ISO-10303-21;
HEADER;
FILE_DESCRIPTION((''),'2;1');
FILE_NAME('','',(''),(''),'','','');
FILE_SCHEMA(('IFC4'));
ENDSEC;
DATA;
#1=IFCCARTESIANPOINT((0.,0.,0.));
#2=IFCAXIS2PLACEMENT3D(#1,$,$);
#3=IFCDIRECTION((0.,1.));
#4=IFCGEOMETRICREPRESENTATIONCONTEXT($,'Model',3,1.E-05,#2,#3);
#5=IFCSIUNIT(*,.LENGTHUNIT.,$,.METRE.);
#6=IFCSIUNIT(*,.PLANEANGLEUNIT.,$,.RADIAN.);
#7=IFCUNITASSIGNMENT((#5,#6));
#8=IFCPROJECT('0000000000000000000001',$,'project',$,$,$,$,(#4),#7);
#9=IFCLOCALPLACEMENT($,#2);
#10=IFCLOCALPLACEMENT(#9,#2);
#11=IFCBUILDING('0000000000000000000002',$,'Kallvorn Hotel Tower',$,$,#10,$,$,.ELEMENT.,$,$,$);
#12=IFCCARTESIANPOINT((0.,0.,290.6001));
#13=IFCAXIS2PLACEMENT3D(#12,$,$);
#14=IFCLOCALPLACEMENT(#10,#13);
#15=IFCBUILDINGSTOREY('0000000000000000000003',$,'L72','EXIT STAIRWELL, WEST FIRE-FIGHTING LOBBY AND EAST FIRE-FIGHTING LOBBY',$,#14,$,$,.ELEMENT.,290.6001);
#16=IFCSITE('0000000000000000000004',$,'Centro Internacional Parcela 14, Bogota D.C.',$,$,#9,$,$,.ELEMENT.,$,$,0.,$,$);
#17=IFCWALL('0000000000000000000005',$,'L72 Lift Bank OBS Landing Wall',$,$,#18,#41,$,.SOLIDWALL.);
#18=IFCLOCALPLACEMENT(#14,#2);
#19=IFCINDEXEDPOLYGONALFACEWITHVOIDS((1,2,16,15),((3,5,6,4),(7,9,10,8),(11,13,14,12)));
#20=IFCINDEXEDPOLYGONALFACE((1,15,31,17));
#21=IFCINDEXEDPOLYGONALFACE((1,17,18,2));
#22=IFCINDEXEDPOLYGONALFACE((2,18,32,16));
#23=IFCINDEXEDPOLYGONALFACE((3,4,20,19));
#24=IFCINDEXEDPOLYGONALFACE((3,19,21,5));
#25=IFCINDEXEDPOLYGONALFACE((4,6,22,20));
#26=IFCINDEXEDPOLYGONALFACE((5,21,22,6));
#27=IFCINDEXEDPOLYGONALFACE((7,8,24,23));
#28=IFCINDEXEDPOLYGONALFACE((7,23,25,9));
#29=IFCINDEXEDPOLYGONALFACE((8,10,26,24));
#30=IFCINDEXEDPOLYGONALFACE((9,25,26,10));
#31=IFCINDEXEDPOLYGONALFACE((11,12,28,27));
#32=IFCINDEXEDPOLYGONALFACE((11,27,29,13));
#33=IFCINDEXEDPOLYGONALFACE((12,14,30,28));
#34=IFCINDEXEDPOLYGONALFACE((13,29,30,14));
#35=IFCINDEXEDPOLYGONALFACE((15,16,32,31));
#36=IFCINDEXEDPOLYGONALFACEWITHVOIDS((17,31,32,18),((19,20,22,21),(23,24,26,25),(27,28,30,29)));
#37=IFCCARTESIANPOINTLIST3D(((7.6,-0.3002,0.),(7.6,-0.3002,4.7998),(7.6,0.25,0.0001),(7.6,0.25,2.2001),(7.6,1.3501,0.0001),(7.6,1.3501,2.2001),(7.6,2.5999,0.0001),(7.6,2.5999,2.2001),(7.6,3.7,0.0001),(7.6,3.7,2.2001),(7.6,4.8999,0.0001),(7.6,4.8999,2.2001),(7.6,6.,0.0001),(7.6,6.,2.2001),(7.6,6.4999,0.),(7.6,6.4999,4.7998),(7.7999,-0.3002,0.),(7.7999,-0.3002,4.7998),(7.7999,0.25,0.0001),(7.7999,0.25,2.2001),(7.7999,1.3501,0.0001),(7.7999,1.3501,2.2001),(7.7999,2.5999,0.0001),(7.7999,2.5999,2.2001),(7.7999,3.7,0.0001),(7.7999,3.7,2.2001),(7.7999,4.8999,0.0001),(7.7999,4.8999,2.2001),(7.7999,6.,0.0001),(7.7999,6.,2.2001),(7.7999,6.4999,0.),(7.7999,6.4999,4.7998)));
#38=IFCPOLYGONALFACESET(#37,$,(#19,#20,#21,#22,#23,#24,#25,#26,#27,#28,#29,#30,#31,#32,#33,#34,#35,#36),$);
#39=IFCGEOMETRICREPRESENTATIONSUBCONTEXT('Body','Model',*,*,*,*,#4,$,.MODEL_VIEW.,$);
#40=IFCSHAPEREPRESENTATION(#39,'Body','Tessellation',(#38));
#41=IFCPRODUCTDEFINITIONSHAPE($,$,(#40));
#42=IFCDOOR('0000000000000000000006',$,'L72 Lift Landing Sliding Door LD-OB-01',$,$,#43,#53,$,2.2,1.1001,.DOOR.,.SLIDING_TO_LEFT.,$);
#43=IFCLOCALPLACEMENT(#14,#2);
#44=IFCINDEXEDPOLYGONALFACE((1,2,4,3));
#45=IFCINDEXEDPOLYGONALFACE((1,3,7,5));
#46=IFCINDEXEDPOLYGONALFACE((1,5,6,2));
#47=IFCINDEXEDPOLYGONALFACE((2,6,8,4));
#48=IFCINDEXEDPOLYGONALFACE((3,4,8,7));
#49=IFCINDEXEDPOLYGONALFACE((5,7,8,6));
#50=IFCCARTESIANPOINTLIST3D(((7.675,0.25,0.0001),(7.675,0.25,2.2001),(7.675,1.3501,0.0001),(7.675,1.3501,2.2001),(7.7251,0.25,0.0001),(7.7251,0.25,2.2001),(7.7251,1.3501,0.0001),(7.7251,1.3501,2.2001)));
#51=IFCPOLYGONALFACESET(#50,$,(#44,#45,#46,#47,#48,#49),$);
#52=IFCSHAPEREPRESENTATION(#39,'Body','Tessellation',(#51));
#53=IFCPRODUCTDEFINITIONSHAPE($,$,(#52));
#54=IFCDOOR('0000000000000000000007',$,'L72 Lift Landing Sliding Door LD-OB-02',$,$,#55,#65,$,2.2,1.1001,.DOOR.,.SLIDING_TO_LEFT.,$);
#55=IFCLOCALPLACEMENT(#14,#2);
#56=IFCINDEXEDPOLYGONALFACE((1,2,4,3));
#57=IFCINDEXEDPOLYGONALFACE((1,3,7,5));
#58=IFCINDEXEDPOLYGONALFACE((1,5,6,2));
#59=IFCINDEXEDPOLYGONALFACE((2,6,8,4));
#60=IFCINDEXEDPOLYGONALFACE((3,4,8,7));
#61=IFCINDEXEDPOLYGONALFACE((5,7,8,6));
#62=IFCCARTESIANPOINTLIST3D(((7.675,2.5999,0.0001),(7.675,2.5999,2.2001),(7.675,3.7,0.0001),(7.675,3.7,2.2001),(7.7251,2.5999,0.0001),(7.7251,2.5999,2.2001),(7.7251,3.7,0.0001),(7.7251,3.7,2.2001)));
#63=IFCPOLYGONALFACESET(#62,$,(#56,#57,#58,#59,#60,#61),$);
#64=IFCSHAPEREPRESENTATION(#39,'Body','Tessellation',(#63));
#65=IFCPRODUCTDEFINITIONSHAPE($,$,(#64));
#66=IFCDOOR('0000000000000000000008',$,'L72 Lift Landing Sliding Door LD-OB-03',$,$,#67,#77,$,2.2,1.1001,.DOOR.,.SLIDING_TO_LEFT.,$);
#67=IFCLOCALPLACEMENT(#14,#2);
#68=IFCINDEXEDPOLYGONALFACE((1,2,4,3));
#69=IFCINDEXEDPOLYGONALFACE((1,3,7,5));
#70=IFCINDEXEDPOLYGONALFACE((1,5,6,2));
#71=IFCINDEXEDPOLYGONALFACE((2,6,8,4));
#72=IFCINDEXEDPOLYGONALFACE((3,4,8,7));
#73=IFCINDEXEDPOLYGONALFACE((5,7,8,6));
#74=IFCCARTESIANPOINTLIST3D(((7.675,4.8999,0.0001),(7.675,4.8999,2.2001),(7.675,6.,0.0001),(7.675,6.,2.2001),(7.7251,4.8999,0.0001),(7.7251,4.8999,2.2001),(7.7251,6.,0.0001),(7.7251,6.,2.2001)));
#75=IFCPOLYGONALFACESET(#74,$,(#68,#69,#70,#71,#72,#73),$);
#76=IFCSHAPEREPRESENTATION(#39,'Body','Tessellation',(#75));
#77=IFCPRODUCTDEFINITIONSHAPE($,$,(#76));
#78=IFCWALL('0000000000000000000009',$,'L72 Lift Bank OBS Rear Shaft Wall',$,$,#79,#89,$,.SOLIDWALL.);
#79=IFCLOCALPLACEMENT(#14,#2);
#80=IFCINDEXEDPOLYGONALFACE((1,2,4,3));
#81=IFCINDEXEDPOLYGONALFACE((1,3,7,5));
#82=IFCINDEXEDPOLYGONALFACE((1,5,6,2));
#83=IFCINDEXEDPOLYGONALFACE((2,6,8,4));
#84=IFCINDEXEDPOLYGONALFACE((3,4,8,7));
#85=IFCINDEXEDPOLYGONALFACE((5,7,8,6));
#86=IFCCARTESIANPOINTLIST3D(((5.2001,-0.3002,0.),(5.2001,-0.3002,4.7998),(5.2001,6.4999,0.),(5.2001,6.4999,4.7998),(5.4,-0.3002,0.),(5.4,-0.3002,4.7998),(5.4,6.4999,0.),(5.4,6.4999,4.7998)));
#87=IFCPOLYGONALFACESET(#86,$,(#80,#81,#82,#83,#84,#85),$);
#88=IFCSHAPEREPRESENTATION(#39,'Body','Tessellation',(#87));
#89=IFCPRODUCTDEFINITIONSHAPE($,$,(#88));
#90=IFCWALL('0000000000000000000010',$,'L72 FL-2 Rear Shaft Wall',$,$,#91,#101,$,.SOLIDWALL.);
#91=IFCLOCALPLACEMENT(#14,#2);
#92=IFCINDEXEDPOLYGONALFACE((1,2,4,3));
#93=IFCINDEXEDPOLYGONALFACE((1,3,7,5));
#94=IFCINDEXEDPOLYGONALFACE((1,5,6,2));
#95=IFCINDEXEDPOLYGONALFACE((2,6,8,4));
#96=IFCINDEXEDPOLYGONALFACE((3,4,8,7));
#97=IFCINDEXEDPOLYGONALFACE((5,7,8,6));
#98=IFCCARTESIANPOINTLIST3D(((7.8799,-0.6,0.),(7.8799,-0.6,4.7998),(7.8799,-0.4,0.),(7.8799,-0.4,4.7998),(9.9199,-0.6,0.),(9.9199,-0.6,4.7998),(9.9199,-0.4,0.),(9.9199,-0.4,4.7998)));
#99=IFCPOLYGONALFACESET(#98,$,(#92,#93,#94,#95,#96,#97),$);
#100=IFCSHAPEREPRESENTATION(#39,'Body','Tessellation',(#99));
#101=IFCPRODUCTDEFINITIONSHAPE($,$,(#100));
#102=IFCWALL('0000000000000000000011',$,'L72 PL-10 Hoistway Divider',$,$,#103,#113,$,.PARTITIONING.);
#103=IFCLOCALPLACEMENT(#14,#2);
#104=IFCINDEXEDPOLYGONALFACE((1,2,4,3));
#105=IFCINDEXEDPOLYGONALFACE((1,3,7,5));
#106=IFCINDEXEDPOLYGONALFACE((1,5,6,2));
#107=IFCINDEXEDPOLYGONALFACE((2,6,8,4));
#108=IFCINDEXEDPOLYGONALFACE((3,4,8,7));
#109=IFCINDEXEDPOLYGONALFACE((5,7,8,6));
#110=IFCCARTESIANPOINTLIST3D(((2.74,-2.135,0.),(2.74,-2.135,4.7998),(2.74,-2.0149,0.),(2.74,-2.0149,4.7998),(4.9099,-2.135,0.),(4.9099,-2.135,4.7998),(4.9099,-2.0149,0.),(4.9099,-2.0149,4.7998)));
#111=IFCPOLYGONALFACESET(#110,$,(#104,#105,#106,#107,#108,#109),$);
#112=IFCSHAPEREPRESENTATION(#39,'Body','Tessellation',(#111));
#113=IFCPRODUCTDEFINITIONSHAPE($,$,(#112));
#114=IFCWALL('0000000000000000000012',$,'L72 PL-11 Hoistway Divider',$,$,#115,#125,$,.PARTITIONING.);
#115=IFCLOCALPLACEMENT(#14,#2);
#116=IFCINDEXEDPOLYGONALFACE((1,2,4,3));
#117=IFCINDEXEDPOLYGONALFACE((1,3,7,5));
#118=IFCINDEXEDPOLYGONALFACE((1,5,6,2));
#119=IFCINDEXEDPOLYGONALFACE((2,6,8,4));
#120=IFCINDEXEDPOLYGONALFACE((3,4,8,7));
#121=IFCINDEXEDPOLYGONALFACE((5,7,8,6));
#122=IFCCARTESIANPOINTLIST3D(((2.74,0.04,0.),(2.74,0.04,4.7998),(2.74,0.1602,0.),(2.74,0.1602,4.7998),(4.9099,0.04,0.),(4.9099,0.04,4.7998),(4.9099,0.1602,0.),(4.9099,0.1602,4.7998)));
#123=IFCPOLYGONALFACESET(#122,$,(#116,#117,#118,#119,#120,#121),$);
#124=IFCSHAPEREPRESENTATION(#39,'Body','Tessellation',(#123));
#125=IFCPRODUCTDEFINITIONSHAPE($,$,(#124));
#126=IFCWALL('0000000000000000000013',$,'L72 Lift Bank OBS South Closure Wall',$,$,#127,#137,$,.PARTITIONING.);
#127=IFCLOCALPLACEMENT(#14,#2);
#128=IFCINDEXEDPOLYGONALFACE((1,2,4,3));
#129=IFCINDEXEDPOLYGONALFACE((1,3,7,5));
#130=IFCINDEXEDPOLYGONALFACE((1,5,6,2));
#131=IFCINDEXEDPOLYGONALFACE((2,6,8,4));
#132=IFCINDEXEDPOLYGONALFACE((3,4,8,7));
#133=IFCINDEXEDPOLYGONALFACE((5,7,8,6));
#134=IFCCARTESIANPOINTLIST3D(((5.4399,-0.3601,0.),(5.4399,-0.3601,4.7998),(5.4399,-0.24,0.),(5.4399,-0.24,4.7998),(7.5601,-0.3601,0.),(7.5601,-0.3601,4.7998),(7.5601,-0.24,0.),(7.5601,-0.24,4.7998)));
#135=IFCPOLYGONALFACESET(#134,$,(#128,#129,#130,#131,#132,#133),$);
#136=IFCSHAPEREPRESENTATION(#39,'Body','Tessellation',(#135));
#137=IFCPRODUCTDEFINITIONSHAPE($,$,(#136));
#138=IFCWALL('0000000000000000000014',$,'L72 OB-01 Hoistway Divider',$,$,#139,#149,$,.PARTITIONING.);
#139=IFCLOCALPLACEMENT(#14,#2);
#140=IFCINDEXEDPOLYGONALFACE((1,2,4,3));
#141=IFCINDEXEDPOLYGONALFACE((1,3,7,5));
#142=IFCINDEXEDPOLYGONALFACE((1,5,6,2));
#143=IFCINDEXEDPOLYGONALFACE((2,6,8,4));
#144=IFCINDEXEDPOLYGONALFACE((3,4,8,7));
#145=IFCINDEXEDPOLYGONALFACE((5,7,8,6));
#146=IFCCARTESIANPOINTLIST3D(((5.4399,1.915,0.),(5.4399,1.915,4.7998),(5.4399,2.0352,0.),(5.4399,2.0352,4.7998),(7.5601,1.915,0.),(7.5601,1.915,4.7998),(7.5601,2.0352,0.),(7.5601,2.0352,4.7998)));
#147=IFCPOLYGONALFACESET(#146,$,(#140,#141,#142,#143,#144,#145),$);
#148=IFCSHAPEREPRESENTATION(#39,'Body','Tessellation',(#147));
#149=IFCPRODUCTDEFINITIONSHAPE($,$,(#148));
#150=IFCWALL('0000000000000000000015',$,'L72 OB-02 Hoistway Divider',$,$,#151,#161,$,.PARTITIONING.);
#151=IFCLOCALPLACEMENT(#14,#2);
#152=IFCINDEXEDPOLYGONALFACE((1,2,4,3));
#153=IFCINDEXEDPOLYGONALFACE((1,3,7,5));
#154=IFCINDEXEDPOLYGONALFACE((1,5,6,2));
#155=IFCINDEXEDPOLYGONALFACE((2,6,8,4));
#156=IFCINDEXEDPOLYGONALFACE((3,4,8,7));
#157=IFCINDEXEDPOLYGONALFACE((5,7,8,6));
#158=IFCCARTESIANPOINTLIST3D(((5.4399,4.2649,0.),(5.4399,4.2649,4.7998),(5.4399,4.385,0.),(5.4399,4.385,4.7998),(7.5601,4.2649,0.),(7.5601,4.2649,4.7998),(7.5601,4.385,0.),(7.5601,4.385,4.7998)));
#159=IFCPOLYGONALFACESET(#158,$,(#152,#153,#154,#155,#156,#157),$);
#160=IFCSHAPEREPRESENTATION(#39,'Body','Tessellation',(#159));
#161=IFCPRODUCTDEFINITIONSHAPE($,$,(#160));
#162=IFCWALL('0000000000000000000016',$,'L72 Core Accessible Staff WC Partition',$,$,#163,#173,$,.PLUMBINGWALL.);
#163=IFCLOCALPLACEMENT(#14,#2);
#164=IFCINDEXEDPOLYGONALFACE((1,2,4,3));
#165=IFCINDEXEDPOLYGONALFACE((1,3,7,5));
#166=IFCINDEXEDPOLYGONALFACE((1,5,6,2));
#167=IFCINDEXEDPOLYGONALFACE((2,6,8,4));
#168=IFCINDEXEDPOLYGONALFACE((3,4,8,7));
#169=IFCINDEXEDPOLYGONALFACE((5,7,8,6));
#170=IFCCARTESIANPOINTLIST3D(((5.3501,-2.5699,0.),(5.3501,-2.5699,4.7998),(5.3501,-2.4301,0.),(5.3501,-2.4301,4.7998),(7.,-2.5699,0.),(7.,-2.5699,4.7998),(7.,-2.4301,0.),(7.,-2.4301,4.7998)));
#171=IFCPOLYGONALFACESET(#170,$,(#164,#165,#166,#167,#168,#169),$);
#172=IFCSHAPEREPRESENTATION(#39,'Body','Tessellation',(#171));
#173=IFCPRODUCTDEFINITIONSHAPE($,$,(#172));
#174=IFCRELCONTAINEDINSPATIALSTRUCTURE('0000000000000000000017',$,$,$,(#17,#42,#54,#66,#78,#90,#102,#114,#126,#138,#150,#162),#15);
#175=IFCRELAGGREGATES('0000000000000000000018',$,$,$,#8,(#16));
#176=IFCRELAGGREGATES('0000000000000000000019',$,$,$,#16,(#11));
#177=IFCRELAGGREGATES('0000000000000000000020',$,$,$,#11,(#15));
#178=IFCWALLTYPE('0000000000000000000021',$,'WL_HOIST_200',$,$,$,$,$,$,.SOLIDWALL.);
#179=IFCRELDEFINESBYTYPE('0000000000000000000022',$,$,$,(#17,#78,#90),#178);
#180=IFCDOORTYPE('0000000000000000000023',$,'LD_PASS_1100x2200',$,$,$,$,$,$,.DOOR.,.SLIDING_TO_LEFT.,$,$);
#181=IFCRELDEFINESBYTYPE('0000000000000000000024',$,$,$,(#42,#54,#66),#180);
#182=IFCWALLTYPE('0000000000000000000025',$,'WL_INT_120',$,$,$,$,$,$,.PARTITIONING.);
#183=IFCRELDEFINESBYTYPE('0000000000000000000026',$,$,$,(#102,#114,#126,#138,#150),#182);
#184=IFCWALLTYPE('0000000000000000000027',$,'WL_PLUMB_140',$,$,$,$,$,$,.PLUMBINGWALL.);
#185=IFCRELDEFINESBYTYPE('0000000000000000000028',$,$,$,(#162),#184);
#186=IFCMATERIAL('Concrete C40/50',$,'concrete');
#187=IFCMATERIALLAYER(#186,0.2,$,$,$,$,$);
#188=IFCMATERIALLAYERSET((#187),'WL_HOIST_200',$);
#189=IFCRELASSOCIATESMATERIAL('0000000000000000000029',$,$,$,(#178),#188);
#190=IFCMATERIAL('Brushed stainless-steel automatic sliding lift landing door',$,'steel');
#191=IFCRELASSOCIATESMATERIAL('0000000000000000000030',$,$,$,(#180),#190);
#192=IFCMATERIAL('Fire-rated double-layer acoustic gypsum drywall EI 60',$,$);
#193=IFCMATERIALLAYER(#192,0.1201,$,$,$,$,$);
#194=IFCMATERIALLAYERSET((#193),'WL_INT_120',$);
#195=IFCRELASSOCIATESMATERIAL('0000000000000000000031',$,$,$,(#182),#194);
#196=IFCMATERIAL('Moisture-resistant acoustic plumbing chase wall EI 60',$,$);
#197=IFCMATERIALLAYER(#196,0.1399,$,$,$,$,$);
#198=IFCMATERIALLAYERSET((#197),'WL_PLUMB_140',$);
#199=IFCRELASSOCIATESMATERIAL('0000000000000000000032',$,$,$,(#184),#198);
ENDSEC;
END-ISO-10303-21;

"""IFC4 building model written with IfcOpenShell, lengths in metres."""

from ifc_helpers import new_model, si_unit, direction, frame, frame_2d, origin, place, context, subcontext, project, spatial, rectangle, extrude, material, layer, layer_set, type_object, element, fill, save


model = new_model("IFC4")

# Units and contexts
model_context = context("Model", 3, precision=1e-05, world=origin(), true_north=direction((0.0, 1.0)))
body_context = subcontext(model_context, "Body", "Model", "MODEL_VIEW")
ifc_project = project(units=[si_unit("LENGTHUNIT", "METRE"), si_unit("PLANEANGLEUNIT", "RADIAN")], contexts=[model_context])

# Site, building, storey
site_placement = place(None, origin())
site = spatial("IfcSite", under=ifc_project, at=site_placement, Name="Centro Internacional Parcela 14, Bogota D.C.", CompositionType="ELEMENT", RefElevation=0.0)
building_placement = place(site_placement, origin())
building = spatial("IfcBuilding", under=site, at=building_placement, Name="Kallvorn Hotel Tower", CompositionType="ELEMENT")
storey_placement = place(building_placement, frame((0.0, 0.0, 290.6001)))
storey = spatial("IfcBuildingStorey", under=building, at=storey_placement, Name="L72", Description="EXIT STAIRWELL, WEST FIRE-FIGHTING LOBBY AND EAST FIRE-FIGHTING LOBBY", CompositionType="ELEMENT", Elevation=290.6001)

# Shared definitions
ifc_material_1 = material(Name="Concrete C40/50", Category="concrete")
ifc_layer_1 = layer(ifc_material_1, 0.2)
ifc_layer_set_1 = layer_set([ifc_layer_1], Name="WL_HOIST_200")
wall_type_1 = type_object("IfcWallType", Name="WL_HOIST_200", PredefinedType="SOLIDWALL", material=ifc_layer_set_1)

# Wall, openings, doors
wall_1_placement = place(storey_placement, frame((7.7, -0.3, 0.0), z_axis=(0.0, 0.0, 1.0), x_axis=(0.0, 1.0, 0.0)))
wall_1 = element("IfcWall", 1, at=wall_1_placement, inside=storey, type_object=wall_type_1, Name="L72 Lift Bank OBS Landing Wall", PredefinedType="SOLIDWALL", context=body_context, shape_type="SweptSolid", body=[
    extrude(rectangle(XDim=6.8, YDim=0.2, at=frame_2d((3.3999, 0.0))), origin(), (0.0, 0.0, 1.0), 4.7998),
])
opening_1_placement = place(wall_1_placement, frame((0.55, 0.0, 0.0)))
opening_1 = element("IfcOpeningElement", 2, at=opening_1_placement, cuts=wall_1, PredefinedType="OPENING", context=body_context, shape_type="SweptSolid", body=[
    extrude(rectangle(XDim=1.1001, YDim=2.2, at=frame_2d((0.55, 1.1001))), frame((0.0, 0.115, 0.0), z_axis=(0.0, -1.0, 0.0), x_axis=(1.0, 0.0, 0.0)), (0.0, 0.0, 1.0), 0.23),
])
opening_2_placement = place(wall_1_placement, frame((2.8999, 0.0, 0.0)))
opening_2 = element("IfcOpeningElement", 3, at=opening_2_placement, cuts=wall_1, PredefinedType="OPENING", context=body_context, shape_type="SweptSolid", body=[
    extrude(rectangle(XDim=1.1001, YDim=2.2, at=frame_2d((0.55, 1.1001))), frame((0.0, 0.115, 0.0), z_axis=(0.0, -1.0, 0.0), x_axis=(1.0, 0.0, 0.0)), (0.0, 0.0, 1.0), 0.23),
])
opening_3_placement = place(wall_1_placement, frame((5.2, 0.0, 0.0)))
opening_3 = element("IfcOpeningElement", 4, at=opening_3_placement, cuts=wall_1, PredefinedType="OPENING", context=body_context, shape_type="SweptSolid", body=[
    extrude(rectangle(XDim=1.1001, YDim=2.2, at=frame_2d((0.55, 1.1001))), frame((0.0, 0.115, 0.0), z_axis=(0.0, -1.0, 0.0), x_axis=(1.0, 0.0, 0.0)), (0.0, 0.0, 1.0), 0.23),
])
ifc_material_2 = material(Name="Brushed stainless-steel automatic sliding lift landing door", Category="steel")
door_type = type_object("IfcDoorType", Name="LD_PASS_1100x2200", OperationType="SLIDING_TO_LEFT", PredefinedType="DOOR", material=ifc_material_2)
door_1_placement = place(opening_1_placement, origin())
door_1 = element("IfcDoor", 5, at=door_1_placement, inside=storey, type_object=door_type, Name="L72 Lift Landing Sliding Door LD-OB-01", OperationType="SLIDING_TO_LEFT", OverallHeight=2.2, OverallWidth=1.1001, PredefinedType="DOOR", context=body_context, shape_type="SweptSolid", body=[
    extrude(rectangle(XDim=1.1001, YDim=2.2, at=frame_2d((0.55, 1.1001))), frame((0.0, 0.0249, 0.0), z_axis=(0.0, -1.0, 0.0), x_axis=(1.0, 0.0, 0.0)), (0.0, 0.0, 1.0), 0.05),
])
fill(opening_1, door_1)
door_2_placement = place(opening_2_placement, origin())
door_2 = element("IfcDoor", 6, at=door_2_placement, inside=storey, type_object=door_type, Name="L72 Lift Landing Sliding Door LD-OB-02", OperationType="SLIDING_TO_LEFT", OverallHeight=2.2, OverallWidth=1.1001, PredefinedType="DOOR", context=body_context, shape_type="SweptSolid", body=[
    extrude(rectangle(XDim=1.1001, YDim=2.2, at=frame_2d((0.55, 1.1001))), frame((0.0, 0.0249, 0.0), z_axis=(0.0, -1.0, 0.0), x_axis=(1.0, 0.0, 0.0)), (0.0, 0.0, 1.0), 0.05),
])
fill(opening_2, door_2)
door_3_placement = place(opening_3_placement, origin())
door_3 = element("IfcDoor", 7, at=door_3_placement, inside=storey, type_object=door_type, Name="L72 Lift Landing Sliding Door LD-OB-03", OperationType="SLIDING_TO_LEFT", OverallHeight=2.2, OverallWidth=1.1001, PredefinedType="DOOR", context=body_context, shape_type="SweptSolid", body=[
    extrude(rectangle(XDim=1.1001, YDim=2.2, at=frame_2d((0.55, 1.1001))), frame((0.0, 0.0249, 0.0), z_axis=(0.0, -1.0, 0.0), x_axis=(1.0, 0.0, 0.0)), (0.0, 0.0, 1.0), 0.05),
])
fill(opening_3, door_3)

# Walls
wall_2_placement = place(storey_placement, frame((5.3, -0.3, 0.0), z_axis=(0.0, 0.0, 1.0), x_axis=(0.0, 1.0, 0.0)))
element("IfcWall", 8, at=wall_2_placement, inside=storey, type_object=wall_type_1, Name="L72 Lift Bank OBS Rear Shaft Wall", PredefinedType="SOLIDWALL", context=body_context, shape_type="SweptSolid", body=[
    extrude(rectangle(XDim=6.8, YDim=0.2, at=frame_2d((3.3999, 0.0))), origin(), (0.0, 0.0, 1.0), 4.7998),
])
wall_3_placement = place(storey_placement, frame((7.8799, -0.5, 0.0), z_axis=(0.0, 0.0, 1.0), x_axis=(1.0, 0.0, 0.0)))
element("IfcWall", 9, at=wall_3_placement, inside=storey, type_object=wall_type_1, Name="L72 FL-2 Rear Shaft Wall", PredefinedType="SOLIDWALL", context=body_context, shape_type="SweptSolid", body=[
    extrude(rectangle(XDim=2.04, YDim=0.2, at=frame_2d((1.02, 0.0))), origin(), (0.0, 0.0, 1.0), 4.7998),
])
ifc_material_3 = material(Name="Fire-rated double-layer acoustic gypsum drywall EI 60")
ifc_layer_2 = layer(ifc_material_3, 0.1201)
ifc_layer_set_2 = layer_set([ifc_layer_2], Name="WL_INT_120")
wall_type_2 = type_object("IfcWallType", Name="WL_INT_120", PredefinedType="PARTITIONING", material=ifc_layer_set_2)
for number, where, z_axis, x_axis, name in (
    (10, (2.74, -2.075, 0.0), (0.0, 0.0, 1.0), (1.0, 0.0, 0.0), "L72 PL-10 Hoistway Divider"),
    (11, (2.74, 0.1001, 0.0), (0.0, 0.0, 1.0), (1.0, 0.0, 0.0), "L72 PL-11 Hoistway Divider"),
):
    element("IfcWall", number, at=place(storey_placement, frame(where, z_axis=z_axis, x_axis=x_axis)), inside=storey, type_object=wall_type_2, Name=name, PredefinedType="PARTITIONING", context=body_context, shape_type="SweptSolid", body=[
        extrude(rectangle(XDim=2.1699, YDim=0.1201, at=frame_2d((1.085, 0.0))), origin(), (0.0, 0.0, 1.0), 4.7998),
    ])
for number, where, z_axis, x_axis, name in (
    (12, (5.4399, -0.3, 0.0), (0.0, 0.0, 1.0), (1.0, 0.0, 0.0), "L72 Lift Bank OBS South Closure Wall"),
    (13, (5.4399, 1.9751, 0.0), (0.0, 0.0, 1.0), (1.0, 0.0, 0.0), "L72 OB-01 Hoistway Divider"),
    (14, (5.4399, 4.325, 0.0), (0.0, 0.0, 1.0), (1.0, 0.0, 0.0), "L72 OB-02 Hoistway Divider"),
):
    element("IfcWall", number, at=place(storey_placement, frame(where, z_axis=z_axis, x_axis=x_axis)), inside=storey, type_object=wall_type_2, Name=name, PredefinedType="PARTITIONING", context=body_context, shape_type="SweptSolid", body=[
        extrude(rectangle(XDim=2.1201, YDim=0.1201, at=frame_2d((1.0601, 0.0))), origin(), (0.0, 0.0, 1.0), 4.7998),
    ])
ifc_material_4 = material(Name="Moisture-resistant acoustic plumbing chase wall EI 60")
ifc_layer_3 = layer(ifc_material_4, 0.1399)
ifc_layer_set_3 = layer_set([ifc_layer_3], Name="WL_PLUMB_140")
wall_type_3 = type_object("IfcWallType", Name="WL_PLUMB_140", PredefinedType="PLUMBINGWALL", material=ifc_layer_set_3)
wall_4_placement = place(storey_placement, frame((5.3501, -2.5, 0.0), z_axis=(0.0, 0.0, 1.0), x_axis=(1.0, 0.0, 0.0)))
element("IfcWall", 15, at=wall_4_placement, inside=storey, type_object=wall_type_3, Name="L72 Core Accessible Staff WC Partition", PredefinedType="PLUMBINGWALL", context=body_context, shape_type="SweptSolid", body=[
    extrude(rectangle(XDim=1.6499, YDim=0.1399, at=frame_2d((0.825, 0.0))), origin(), (0.0, 0.0, 1.0), 4.7998),
])

save(model, "model.ifc")
